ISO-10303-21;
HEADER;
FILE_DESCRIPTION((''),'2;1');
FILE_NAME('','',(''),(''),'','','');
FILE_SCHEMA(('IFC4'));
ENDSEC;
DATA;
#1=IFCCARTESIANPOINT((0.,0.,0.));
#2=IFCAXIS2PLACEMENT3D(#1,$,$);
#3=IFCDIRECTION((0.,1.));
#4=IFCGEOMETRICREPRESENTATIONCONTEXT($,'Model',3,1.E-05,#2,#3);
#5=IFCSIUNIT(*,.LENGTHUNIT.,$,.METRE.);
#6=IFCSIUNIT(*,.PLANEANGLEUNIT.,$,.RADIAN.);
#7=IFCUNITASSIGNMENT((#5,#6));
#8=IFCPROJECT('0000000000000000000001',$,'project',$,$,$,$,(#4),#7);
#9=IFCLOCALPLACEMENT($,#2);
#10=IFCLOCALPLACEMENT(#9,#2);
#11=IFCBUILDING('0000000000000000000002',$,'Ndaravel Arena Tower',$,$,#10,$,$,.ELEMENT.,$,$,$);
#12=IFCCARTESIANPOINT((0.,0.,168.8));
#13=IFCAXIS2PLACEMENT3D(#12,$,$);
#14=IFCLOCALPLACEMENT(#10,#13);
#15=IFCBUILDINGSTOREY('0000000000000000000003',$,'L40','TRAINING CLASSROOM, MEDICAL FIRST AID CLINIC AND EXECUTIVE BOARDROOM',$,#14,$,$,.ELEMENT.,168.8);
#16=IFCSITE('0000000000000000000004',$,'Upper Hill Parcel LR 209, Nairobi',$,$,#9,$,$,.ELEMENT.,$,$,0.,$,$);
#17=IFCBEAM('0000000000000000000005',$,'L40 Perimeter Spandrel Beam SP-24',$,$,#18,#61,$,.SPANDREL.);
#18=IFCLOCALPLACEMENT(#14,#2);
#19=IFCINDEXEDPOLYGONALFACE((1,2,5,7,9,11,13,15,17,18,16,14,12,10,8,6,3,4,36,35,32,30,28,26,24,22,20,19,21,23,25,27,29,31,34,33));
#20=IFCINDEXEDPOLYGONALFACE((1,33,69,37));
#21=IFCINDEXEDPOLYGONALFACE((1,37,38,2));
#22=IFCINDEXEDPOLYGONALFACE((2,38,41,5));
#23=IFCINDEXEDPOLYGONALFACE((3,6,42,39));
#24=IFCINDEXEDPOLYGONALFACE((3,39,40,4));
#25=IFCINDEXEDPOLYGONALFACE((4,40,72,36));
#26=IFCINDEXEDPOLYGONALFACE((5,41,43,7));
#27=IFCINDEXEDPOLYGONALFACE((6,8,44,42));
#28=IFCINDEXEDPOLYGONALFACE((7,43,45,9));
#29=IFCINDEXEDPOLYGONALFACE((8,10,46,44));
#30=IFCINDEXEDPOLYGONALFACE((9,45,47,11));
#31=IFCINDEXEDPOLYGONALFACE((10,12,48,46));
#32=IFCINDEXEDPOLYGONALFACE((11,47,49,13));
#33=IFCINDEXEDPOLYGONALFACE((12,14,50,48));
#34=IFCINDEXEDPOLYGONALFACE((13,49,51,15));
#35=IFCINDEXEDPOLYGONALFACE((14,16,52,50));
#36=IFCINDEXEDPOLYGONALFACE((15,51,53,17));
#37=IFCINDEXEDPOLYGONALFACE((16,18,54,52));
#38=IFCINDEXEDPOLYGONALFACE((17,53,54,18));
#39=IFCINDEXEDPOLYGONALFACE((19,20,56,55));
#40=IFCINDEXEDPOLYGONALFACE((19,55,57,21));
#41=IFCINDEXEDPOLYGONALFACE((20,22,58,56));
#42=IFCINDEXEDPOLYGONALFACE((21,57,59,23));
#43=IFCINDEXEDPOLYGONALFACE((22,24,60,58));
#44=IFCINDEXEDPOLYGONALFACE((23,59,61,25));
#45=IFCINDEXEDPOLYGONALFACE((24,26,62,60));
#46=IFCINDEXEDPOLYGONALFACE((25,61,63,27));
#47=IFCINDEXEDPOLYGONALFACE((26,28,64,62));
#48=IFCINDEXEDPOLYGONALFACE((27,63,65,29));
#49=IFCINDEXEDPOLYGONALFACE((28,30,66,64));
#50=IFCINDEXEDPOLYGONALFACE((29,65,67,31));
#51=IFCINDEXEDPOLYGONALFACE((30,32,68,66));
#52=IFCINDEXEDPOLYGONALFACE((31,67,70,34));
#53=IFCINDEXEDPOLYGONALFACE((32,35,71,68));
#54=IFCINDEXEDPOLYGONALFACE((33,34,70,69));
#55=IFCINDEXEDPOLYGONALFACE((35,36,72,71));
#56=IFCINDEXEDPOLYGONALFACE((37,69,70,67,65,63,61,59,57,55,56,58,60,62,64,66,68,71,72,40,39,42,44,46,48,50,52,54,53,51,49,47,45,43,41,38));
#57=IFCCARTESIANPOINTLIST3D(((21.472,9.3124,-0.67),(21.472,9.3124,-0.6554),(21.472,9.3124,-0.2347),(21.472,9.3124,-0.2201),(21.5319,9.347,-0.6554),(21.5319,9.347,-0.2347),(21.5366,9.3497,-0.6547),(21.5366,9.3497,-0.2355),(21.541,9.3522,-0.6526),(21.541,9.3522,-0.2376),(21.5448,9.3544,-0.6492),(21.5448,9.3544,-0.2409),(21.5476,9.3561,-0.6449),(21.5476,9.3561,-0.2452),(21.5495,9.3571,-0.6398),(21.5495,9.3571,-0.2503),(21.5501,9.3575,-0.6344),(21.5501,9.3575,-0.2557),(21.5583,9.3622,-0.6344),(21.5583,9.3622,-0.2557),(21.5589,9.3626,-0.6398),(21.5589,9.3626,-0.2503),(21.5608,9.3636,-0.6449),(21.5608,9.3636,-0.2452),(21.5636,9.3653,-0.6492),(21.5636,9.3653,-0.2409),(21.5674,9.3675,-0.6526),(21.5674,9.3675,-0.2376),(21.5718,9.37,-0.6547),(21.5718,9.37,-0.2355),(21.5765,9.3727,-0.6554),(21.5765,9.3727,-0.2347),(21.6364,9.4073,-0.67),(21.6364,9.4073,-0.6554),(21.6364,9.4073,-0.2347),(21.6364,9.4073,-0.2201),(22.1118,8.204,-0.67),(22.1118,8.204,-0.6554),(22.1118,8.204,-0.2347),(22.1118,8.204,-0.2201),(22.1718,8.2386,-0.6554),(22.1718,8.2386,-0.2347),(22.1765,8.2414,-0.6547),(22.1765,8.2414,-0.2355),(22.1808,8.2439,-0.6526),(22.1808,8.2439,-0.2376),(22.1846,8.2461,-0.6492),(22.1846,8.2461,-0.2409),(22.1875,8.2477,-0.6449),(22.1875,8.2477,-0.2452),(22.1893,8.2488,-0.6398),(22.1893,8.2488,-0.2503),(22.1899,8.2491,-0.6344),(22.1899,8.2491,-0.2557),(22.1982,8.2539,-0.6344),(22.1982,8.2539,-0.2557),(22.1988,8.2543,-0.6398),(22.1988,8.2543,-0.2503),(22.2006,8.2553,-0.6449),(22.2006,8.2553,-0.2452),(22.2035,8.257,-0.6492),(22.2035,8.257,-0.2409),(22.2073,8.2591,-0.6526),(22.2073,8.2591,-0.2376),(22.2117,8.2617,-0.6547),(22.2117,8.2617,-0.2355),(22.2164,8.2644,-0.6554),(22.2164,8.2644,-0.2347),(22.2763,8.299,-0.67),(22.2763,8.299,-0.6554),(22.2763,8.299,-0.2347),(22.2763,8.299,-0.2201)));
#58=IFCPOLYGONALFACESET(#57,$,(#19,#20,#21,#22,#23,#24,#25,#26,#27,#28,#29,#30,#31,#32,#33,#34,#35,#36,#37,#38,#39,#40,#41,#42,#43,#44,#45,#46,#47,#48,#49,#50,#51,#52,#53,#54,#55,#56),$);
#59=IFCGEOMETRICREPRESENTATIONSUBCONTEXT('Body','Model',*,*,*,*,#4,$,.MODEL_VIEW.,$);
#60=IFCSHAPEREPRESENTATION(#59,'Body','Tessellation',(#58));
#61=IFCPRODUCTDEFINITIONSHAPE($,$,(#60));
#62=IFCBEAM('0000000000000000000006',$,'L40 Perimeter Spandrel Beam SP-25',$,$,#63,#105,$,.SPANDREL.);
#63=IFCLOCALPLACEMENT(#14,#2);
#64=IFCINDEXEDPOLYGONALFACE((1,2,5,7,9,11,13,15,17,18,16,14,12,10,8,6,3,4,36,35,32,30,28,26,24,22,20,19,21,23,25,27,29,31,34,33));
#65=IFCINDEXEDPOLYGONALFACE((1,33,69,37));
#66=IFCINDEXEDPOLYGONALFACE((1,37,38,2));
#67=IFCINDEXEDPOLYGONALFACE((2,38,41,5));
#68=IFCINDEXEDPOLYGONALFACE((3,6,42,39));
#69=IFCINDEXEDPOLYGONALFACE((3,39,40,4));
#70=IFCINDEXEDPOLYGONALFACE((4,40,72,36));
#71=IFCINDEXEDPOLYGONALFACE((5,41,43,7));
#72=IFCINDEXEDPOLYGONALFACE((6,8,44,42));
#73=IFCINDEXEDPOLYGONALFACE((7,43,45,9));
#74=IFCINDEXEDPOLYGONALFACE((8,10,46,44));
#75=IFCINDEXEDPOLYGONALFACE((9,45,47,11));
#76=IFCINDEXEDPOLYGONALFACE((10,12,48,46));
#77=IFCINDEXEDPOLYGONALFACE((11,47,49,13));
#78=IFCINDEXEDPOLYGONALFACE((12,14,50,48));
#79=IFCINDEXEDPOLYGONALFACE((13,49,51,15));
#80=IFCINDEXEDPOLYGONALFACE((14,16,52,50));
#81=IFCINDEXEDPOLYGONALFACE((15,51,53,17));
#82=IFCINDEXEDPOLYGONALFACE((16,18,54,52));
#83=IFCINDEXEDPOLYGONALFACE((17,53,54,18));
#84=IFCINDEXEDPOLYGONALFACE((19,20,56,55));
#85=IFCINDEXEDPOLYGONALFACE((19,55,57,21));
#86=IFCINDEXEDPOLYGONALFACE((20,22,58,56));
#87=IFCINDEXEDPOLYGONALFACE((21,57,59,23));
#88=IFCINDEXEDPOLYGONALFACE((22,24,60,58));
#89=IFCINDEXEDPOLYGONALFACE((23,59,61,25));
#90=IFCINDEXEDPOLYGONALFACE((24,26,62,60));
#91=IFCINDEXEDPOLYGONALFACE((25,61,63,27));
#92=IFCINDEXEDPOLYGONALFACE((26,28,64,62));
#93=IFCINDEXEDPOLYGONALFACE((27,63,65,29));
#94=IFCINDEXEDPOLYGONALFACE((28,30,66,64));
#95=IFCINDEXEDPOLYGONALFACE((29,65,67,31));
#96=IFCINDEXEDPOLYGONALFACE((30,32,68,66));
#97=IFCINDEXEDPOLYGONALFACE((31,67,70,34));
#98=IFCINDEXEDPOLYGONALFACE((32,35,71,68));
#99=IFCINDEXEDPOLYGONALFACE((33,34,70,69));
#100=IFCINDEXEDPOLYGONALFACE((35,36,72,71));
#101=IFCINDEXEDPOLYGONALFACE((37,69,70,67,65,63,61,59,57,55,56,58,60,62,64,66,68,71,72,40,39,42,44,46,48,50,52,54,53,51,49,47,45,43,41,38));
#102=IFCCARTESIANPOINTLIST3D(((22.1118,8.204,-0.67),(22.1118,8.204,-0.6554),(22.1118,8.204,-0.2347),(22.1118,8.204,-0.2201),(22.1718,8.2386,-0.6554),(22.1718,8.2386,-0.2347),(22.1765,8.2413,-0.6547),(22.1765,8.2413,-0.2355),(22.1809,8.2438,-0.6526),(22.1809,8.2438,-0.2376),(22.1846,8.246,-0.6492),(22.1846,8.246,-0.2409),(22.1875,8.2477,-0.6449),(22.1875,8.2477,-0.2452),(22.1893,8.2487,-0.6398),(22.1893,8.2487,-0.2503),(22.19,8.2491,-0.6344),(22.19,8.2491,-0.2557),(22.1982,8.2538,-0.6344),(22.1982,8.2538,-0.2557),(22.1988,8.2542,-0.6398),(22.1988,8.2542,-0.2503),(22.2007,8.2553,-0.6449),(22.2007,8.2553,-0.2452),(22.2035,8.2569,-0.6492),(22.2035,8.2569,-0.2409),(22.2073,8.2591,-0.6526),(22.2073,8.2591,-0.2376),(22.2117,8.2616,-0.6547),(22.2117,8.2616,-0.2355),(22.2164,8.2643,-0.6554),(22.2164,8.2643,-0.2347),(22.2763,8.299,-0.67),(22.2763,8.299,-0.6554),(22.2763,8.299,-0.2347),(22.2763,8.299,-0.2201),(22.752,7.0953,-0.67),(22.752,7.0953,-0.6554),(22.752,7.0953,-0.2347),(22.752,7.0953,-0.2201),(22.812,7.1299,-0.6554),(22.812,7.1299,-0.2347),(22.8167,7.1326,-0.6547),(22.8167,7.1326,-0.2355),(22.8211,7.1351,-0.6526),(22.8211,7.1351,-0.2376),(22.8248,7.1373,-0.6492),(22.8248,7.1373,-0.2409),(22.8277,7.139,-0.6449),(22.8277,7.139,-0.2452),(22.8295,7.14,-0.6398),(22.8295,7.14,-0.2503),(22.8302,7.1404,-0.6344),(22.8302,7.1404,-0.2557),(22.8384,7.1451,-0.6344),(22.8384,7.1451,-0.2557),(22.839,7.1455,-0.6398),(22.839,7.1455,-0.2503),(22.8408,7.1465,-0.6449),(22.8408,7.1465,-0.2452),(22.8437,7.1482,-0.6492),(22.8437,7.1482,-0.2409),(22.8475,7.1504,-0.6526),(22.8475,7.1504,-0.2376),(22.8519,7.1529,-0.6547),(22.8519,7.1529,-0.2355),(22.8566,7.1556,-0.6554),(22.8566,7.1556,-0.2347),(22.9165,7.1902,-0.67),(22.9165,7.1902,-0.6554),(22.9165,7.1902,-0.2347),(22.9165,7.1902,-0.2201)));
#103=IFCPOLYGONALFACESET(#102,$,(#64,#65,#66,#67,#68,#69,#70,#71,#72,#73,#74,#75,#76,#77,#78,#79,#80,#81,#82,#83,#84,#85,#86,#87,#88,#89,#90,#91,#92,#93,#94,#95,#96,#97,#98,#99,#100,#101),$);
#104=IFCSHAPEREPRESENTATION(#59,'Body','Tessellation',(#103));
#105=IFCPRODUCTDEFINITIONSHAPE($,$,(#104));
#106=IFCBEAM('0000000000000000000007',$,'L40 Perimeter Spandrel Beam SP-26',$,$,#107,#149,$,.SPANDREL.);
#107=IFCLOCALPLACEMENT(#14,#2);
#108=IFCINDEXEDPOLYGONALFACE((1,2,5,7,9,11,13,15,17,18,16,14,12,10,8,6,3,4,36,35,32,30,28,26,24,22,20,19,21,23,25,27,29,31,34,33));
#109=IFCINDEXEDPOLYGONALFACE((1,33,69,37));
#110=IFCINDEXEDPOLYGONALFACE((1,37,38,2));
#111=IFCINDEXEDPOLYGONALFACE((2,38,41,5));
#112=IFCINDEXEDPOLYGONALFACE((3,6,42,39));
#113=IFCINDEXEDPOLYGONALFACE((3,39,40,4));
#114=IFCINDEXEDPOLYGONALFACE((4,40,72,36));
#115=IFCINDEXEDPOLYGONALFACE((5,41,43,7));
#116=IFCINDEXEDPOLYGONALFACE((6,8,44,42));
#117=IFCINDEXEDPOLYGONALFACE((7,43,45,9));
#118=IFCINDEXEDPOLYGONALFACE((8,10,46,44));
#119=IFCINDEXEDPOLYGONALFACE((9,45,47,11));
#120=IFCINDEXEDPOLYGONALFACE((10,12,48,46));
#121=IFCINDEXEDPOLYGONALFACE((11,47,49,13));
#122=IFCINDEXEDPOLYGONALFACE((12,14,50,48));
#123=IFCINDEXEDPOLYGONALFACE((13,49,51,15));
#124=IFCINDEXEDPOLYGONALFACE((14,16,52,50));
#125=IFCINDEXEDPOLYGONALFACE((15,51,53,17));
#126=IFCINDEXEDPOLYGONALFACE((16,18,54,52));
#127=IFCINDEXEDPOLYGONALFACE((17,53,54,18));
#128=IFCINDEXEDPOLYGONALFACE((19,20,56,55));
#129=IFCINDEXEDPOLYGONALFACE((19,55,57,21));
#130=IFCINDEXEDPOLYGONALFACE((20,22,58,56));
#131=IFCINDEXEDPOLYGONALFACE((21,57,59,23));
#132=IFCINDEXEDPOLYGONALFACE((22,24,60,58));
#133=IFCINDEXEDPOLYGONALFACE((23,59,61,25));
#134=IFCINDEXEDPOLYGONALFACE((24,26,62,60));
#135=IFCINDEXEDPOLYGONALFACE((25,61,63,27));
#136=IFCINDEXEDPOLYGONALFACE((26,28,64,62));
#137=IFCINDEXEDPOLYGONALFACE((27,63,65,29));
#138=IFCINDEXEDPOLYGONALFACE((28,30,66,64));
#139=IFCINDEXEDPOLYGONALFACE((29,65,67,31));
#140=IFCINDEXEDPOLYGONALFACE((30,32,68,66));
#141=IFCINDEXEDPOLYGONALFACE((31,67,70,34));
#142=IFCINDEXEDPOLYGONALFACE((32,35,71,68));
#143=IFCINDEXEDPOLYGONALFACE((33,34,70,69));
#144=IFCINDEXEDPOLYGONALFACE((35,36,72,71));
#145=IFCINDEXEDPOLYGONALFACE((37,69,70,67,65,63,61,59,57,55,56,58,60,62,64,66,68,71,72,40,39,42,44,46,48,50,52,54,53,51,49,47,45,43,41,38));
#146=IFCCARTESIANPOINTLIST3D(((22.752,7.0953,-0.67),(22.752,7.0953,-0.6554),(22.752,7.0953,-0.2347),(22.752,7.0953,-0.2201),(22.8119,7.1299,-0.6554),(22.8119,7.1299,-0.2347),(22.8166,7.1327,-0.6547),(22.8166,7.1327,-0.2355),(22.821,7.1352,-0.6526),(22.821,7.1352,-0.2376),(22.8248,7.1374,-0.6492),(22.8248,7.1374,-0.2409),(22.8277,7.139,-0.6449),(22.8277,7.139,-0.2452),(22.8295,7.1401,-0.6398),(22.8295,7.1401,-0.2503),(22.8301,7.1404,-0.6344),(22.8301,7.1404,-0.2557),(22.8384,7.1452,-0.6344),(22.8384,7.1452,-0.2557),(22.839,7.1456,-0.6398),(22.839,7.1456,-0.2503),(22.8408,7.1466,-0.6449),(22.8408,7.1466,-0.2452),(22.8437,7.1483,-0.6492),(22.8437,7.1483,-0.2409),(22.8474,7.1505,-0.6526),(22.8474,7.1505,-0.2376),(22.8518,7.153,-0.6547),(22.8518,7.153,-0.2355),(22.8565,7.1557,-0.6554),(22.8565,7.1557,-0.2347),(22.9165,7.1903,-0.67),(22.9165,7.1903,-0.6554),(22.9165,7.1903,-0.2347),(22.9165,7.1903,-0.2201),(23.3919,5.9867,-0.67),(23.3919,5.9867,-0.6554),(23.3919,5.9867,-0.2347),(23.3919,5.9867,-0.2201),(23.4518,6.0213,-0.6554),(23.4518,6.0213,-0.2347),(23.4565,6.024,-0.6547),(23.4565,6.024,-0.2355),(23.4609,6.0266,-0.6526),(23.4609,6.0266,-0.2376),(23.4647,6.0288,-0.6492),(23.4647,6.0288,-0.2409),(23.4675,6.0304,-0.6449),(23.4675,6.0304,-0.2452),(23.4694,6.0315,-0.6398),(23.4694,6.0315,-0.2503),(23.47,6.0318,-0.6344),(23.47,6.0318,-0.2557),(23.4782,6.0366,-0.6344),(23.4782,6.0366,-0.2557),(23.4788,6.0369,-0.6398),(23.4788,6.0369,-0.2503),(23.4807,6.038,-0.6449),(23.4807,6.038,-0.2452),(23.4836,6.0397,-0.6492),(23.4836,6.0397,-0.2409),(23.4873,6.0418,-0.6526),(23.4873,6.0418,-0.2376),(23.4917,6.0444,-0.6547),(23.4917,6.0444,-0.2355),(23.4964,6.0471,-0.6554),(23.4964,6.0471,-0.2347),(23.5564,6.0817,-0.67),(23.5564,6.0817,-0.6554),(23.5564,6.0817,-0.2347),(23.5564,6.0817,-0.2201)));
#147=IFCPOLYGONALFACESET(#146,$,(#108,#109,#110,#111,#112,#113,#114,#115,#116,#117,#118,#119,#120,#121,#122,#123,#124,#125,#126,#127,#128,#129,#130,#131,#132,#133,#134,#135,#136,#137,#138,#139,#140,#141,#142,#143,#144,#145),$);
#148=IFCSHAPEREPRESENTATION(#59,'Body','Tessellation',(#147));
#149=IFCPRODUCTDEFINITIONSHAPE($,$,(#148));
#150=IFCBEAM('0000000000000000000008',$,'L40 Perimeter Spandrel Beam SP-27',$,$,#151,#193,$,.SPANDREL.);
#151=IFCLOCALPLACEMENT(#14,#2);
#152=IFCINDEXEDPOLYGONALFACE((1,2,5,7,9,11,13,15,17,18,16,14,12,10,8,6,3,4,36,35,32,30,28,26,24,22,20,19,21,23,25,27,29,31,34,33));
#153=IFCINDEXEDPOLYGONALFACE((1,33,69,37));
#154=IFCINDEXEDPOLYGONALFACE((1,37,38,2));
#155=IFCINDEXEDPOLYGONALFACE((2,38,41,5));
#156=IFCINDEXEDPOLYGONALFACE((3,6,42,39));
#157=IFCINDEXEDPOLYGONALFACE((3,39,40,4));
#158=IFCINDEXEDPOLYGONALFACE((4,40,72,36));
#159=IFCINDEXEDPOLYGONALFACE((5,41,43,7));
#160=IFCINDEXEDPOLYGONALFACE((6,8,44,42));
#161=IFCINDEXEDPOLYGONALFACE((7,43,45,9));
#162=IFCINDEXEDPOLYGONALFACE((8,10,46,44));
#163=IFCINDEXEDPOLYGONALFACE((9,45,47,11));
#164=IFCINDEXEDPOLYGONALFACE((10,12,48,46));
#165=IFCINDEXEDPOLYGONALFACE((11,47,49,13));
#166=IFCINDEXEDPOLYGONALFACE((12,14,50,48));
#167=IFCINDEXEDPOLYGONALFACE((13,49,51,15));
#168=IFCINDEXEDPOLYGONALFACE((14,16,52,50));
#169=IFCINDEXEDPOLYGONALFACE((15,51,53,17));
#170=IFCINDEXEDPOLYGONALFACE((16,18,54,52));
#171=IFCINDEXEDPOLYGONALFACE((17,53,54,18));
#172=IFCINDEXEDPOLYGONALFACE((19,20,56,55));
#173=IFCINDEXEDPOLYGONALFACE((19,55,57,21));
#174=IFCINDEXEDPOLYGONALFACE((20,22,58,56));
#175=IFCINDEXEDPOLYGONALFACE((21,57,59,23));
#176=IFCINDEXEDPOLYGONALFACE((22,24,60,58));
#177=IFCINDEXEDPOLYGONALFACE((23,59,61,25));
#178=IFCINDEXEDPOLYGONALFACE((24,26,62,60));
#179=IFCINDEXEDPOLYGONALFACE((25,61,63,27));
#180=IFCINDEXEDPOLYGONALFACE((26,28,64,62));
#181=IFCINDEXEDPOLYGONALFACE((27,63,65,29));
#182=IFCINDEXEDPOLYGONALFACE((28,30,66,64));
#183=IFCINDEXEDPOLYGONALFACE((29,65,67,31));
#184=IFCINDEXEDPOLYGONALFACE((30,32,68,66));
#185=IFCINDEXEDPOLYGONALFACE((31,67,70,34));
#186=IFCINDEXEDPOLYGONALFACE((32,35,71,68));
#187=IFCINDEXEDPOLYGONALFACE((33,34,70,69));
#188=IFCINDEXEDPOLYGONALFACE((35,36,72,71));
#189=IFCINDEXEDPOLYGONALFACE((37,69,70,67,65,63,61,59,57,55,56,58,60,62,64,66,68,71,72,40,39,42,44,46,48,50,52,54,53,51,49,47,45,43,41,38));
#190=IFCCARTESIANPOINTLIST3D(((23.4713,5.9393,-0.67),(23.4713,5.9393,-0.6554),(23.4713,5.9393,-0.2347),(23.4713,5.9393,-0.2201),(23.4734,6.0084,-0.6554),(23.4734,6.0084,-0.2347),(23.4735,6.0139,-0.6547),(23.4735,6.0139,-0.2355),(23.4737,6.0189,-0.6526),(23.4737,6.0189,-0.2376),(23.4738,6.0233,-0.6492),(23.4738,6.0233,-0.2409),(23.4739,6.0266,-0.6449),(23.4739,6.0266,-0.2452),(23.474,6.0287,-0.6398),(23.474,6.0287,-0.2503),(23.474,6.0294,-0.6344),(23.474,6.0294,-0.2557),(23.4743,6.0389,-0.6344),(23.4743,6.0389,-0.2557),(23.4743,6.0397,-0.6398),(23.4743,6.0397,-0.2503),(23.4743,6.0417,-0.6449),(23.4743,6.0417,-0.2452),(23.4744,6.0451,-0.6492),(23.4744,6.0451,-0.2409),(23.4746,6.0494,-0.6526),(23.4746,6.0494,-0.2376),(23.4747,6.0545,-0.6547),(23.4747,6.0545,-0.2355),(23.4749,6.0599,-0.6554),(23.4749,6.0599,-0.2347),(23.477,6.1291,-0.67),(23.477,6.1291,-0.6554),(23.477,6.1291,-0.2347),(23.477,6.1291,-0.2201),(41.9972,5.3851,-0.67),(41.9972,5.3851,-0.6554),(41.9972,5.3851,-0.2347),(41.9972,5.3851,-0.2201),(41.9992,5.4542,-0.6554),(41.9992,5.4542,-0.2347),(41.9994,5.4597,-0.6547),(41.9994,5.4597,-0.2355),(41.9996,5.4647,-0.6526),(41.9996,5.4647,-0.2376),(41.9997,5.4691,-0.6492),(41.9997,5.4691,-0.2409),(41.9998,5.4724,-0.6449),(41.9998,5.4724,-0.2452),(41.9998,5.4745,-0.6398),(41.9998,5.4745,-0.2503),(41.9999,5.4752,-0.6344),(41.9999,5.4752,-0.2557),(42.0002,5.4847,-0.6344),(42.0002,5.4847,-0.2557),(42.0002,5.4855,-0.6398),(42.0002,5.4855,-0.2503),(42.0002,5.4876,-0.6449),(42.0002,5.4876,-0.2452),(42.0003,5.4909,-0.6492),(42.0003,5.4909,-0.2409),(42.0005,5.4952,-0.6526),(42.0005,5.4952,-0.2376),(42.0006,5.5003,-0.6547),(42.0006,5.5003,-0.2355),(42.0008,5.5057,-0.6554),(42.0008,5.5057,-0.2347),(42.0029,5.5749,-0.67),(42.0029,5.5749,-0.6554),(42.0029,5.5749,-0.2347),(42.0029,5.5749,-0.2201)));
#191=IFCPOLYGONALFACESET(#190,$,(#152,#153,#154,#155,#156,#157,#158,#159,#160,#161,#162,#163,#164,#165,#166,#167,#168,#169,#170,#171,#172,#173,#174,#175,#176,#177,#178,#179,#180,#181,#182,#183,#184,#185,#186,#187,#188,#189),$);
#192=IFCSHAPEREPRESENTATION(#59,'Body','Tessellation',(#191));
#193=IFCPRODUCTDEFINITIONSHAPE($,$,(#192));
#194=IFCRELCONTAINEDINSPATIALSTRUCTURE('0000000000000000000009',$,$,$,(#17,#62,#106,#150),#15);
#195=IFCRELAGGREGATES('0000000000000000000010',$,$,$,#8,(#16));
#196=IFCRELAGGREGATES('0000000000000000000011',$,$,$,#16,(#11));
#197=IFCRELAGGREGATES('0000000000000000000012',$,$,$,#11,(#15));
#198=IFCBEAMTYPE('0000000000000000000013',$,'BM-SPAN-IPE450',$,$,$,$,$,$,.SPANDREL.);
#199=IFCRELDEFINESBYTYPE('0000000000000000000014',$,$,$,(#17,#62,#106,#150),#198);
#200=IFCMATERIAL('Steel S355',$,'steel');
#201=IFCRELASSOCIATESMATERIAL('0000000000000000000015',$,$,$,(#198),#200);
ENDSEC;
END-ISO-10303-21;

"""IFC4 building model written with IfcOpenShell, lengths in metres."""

from ifc_helpers import new_model, si_unit, direction, frame, origin, origin_2d, place, context, subcontext, project, spatial, i_section, extrude, material, material_profile, profile_set, type_object, element, save


model = new_model("IFC4")

# Units and contexts
model_context = context("Model", 3, precision=1e-05, world=origin(), true_north=direction((0.0, 1.0)))
body_context = subcontext(model_context, "Body", "Model", "MODEL_VIEW")
ifc_project = project(units=[si_unit("LENGTHUNIT", "METRE"), si_unit("PLANEANGLEUNIT", "RADIAN")], contexts=[model_context])

# Site, building, storey
site_placement = place(None, origin())
site = spatial("IfcSite", under=ifc_project, at=site_placement, Name="Upper Hill Parcel LR 209, Nairobi", CompositionType="ELEMENT", RefElevation=0.0)
building_placement = place(site_placement, origin())
building = spatial("IfcBuilding", under=site, at=building_placement, Name="Ndaravel Arena Tower", CompositionType="ELEMENT")
storey_placement = place(building_placement, frame((0.0, 0.0, 168.8)))
storey = spatial("IfcBuildingStorey", under=building, at=storey_placement, Name="L40", Description="TRAINING CLASSROOM, MEDICAL FIRST AID CLINIC AND EXECUTIVE BOARDROOM", CompositionType="ELEMENT", Elevation=168.8)

# Beams
ifc_material_1 = material(Name="Steel S355", Category="steel")
ifc_material_profile_1 = material_profile(ifc_material_1, i_section(OverallWidth=0.1899, OverallDepth=0.45, WebThickness=0.0095, FlangeThickness=0.0146, FilletRadius=0.021, at=origin_2d()), Name="IPE 450")
ifc_profile_set_1 = profile_set([ifc_material_profile_1], Name="Steel S355")
beam_type = type_object("IfcBeamType", Name="BM-SPAN-IPE450", PredefinedType="SPANDREL", material=ifc_profile_set_1)
beam_1_placement = place(storey_placement, frame((21.5542, 9.3599, -0.4451), z_axis=(0.499976, -0.866039, 0.0), x_axis=(0.866039, 0.499976, 0.0)))
element("IfcBeam", 1, at=beam_1_placement, inside=storey, type_object=beam_type, Name="L40 Perimeter Spandrel Beam SP-24", PredefinedType="SPANDREL", context=body_context, shape_type="SweptSolid", body=[
    extrude(i_section(OverallWidth=0.1899, OverallDepth=0.45, WebThickness=0.0095, FlangeThickness=0.0146, FilletRadius=0.021, at=origin_2d()), origin(), (0.0, 0.0, 1.0), 1.2798),
])
beam_2_placement = place(storey_placement, frame((22.1941, 8.2515, -0.4451), z_axis=(0.500036, -0.866005, 0.0), x_axis=(0.866005, 0.500036, 0.0)))
element("IfcBeam", 2, at=beam_2_placement, inside=storey, type_object=beam_type, Name="L40 Perimeter Spandrel Beam SP-25", PredefinedType="SPANDREL", context=body_context, shape_type="SweptSolid", body=[
    extrude(i_section(OverallWidth=0.1899, OverallDepth=0.45, WebThickness=0.0095, FlangeThickness=0.0146, FilletRadius=0.021, at=origin_2d()), origin(), (0.0, 0.0, 1.0), 1.2803),
])
beam_3_placement = place(storey_placement, frame((22.8342, 7.1428, -0.4451), z_axis=(0.499893, -0.866087, 0.0), x_axis=(0.866087, 0.499893, 0.0)))
element("IfcBeam", 3, at=beam_3_placement, inside=storey, type_object=beam_type, Name="L40 Perimeter Spandrel Beam SP-26", PredefinedType="SPANDREL", context=body_context, shape_type="SweptSolid", body=[
    extrude(i_section(OverallWidth=0.1899, OverallDepth=0.45, WebThickness=0.0095, FlangeThickness=0.0146, FilletRadius=0.021, at=origin_2d()), origin(), (0.0, 0.0, 1.0), 1.28),
])
beam_4_placement = place(storey_placement, frame((23.4741, 6.0342, -0.4451), z_axis=(0.999553, -0.029901, 0.0), x_axis=(0.029901, 0.999553, 0.0)))
element("IfcBeam", 4, at=beam_4_placement, inside=storey, type_object=beam_type, Name="L40 Perimeter Spandrel Beam SP-27", PredefinedType="SPANDREL", context=body_context, shape_type="SweptSolid", body=[
    extrude(i_section(OverallWidth=0.1899, OverallDepth=0.45, WebThickness=0.0095, FlangeThickness=0.0146, FilletRadius=0.021, at=origin_2d()), origin(), (0.0, 0.0, 1.0), 18.5342),
])

save(model, "model.ifc")
